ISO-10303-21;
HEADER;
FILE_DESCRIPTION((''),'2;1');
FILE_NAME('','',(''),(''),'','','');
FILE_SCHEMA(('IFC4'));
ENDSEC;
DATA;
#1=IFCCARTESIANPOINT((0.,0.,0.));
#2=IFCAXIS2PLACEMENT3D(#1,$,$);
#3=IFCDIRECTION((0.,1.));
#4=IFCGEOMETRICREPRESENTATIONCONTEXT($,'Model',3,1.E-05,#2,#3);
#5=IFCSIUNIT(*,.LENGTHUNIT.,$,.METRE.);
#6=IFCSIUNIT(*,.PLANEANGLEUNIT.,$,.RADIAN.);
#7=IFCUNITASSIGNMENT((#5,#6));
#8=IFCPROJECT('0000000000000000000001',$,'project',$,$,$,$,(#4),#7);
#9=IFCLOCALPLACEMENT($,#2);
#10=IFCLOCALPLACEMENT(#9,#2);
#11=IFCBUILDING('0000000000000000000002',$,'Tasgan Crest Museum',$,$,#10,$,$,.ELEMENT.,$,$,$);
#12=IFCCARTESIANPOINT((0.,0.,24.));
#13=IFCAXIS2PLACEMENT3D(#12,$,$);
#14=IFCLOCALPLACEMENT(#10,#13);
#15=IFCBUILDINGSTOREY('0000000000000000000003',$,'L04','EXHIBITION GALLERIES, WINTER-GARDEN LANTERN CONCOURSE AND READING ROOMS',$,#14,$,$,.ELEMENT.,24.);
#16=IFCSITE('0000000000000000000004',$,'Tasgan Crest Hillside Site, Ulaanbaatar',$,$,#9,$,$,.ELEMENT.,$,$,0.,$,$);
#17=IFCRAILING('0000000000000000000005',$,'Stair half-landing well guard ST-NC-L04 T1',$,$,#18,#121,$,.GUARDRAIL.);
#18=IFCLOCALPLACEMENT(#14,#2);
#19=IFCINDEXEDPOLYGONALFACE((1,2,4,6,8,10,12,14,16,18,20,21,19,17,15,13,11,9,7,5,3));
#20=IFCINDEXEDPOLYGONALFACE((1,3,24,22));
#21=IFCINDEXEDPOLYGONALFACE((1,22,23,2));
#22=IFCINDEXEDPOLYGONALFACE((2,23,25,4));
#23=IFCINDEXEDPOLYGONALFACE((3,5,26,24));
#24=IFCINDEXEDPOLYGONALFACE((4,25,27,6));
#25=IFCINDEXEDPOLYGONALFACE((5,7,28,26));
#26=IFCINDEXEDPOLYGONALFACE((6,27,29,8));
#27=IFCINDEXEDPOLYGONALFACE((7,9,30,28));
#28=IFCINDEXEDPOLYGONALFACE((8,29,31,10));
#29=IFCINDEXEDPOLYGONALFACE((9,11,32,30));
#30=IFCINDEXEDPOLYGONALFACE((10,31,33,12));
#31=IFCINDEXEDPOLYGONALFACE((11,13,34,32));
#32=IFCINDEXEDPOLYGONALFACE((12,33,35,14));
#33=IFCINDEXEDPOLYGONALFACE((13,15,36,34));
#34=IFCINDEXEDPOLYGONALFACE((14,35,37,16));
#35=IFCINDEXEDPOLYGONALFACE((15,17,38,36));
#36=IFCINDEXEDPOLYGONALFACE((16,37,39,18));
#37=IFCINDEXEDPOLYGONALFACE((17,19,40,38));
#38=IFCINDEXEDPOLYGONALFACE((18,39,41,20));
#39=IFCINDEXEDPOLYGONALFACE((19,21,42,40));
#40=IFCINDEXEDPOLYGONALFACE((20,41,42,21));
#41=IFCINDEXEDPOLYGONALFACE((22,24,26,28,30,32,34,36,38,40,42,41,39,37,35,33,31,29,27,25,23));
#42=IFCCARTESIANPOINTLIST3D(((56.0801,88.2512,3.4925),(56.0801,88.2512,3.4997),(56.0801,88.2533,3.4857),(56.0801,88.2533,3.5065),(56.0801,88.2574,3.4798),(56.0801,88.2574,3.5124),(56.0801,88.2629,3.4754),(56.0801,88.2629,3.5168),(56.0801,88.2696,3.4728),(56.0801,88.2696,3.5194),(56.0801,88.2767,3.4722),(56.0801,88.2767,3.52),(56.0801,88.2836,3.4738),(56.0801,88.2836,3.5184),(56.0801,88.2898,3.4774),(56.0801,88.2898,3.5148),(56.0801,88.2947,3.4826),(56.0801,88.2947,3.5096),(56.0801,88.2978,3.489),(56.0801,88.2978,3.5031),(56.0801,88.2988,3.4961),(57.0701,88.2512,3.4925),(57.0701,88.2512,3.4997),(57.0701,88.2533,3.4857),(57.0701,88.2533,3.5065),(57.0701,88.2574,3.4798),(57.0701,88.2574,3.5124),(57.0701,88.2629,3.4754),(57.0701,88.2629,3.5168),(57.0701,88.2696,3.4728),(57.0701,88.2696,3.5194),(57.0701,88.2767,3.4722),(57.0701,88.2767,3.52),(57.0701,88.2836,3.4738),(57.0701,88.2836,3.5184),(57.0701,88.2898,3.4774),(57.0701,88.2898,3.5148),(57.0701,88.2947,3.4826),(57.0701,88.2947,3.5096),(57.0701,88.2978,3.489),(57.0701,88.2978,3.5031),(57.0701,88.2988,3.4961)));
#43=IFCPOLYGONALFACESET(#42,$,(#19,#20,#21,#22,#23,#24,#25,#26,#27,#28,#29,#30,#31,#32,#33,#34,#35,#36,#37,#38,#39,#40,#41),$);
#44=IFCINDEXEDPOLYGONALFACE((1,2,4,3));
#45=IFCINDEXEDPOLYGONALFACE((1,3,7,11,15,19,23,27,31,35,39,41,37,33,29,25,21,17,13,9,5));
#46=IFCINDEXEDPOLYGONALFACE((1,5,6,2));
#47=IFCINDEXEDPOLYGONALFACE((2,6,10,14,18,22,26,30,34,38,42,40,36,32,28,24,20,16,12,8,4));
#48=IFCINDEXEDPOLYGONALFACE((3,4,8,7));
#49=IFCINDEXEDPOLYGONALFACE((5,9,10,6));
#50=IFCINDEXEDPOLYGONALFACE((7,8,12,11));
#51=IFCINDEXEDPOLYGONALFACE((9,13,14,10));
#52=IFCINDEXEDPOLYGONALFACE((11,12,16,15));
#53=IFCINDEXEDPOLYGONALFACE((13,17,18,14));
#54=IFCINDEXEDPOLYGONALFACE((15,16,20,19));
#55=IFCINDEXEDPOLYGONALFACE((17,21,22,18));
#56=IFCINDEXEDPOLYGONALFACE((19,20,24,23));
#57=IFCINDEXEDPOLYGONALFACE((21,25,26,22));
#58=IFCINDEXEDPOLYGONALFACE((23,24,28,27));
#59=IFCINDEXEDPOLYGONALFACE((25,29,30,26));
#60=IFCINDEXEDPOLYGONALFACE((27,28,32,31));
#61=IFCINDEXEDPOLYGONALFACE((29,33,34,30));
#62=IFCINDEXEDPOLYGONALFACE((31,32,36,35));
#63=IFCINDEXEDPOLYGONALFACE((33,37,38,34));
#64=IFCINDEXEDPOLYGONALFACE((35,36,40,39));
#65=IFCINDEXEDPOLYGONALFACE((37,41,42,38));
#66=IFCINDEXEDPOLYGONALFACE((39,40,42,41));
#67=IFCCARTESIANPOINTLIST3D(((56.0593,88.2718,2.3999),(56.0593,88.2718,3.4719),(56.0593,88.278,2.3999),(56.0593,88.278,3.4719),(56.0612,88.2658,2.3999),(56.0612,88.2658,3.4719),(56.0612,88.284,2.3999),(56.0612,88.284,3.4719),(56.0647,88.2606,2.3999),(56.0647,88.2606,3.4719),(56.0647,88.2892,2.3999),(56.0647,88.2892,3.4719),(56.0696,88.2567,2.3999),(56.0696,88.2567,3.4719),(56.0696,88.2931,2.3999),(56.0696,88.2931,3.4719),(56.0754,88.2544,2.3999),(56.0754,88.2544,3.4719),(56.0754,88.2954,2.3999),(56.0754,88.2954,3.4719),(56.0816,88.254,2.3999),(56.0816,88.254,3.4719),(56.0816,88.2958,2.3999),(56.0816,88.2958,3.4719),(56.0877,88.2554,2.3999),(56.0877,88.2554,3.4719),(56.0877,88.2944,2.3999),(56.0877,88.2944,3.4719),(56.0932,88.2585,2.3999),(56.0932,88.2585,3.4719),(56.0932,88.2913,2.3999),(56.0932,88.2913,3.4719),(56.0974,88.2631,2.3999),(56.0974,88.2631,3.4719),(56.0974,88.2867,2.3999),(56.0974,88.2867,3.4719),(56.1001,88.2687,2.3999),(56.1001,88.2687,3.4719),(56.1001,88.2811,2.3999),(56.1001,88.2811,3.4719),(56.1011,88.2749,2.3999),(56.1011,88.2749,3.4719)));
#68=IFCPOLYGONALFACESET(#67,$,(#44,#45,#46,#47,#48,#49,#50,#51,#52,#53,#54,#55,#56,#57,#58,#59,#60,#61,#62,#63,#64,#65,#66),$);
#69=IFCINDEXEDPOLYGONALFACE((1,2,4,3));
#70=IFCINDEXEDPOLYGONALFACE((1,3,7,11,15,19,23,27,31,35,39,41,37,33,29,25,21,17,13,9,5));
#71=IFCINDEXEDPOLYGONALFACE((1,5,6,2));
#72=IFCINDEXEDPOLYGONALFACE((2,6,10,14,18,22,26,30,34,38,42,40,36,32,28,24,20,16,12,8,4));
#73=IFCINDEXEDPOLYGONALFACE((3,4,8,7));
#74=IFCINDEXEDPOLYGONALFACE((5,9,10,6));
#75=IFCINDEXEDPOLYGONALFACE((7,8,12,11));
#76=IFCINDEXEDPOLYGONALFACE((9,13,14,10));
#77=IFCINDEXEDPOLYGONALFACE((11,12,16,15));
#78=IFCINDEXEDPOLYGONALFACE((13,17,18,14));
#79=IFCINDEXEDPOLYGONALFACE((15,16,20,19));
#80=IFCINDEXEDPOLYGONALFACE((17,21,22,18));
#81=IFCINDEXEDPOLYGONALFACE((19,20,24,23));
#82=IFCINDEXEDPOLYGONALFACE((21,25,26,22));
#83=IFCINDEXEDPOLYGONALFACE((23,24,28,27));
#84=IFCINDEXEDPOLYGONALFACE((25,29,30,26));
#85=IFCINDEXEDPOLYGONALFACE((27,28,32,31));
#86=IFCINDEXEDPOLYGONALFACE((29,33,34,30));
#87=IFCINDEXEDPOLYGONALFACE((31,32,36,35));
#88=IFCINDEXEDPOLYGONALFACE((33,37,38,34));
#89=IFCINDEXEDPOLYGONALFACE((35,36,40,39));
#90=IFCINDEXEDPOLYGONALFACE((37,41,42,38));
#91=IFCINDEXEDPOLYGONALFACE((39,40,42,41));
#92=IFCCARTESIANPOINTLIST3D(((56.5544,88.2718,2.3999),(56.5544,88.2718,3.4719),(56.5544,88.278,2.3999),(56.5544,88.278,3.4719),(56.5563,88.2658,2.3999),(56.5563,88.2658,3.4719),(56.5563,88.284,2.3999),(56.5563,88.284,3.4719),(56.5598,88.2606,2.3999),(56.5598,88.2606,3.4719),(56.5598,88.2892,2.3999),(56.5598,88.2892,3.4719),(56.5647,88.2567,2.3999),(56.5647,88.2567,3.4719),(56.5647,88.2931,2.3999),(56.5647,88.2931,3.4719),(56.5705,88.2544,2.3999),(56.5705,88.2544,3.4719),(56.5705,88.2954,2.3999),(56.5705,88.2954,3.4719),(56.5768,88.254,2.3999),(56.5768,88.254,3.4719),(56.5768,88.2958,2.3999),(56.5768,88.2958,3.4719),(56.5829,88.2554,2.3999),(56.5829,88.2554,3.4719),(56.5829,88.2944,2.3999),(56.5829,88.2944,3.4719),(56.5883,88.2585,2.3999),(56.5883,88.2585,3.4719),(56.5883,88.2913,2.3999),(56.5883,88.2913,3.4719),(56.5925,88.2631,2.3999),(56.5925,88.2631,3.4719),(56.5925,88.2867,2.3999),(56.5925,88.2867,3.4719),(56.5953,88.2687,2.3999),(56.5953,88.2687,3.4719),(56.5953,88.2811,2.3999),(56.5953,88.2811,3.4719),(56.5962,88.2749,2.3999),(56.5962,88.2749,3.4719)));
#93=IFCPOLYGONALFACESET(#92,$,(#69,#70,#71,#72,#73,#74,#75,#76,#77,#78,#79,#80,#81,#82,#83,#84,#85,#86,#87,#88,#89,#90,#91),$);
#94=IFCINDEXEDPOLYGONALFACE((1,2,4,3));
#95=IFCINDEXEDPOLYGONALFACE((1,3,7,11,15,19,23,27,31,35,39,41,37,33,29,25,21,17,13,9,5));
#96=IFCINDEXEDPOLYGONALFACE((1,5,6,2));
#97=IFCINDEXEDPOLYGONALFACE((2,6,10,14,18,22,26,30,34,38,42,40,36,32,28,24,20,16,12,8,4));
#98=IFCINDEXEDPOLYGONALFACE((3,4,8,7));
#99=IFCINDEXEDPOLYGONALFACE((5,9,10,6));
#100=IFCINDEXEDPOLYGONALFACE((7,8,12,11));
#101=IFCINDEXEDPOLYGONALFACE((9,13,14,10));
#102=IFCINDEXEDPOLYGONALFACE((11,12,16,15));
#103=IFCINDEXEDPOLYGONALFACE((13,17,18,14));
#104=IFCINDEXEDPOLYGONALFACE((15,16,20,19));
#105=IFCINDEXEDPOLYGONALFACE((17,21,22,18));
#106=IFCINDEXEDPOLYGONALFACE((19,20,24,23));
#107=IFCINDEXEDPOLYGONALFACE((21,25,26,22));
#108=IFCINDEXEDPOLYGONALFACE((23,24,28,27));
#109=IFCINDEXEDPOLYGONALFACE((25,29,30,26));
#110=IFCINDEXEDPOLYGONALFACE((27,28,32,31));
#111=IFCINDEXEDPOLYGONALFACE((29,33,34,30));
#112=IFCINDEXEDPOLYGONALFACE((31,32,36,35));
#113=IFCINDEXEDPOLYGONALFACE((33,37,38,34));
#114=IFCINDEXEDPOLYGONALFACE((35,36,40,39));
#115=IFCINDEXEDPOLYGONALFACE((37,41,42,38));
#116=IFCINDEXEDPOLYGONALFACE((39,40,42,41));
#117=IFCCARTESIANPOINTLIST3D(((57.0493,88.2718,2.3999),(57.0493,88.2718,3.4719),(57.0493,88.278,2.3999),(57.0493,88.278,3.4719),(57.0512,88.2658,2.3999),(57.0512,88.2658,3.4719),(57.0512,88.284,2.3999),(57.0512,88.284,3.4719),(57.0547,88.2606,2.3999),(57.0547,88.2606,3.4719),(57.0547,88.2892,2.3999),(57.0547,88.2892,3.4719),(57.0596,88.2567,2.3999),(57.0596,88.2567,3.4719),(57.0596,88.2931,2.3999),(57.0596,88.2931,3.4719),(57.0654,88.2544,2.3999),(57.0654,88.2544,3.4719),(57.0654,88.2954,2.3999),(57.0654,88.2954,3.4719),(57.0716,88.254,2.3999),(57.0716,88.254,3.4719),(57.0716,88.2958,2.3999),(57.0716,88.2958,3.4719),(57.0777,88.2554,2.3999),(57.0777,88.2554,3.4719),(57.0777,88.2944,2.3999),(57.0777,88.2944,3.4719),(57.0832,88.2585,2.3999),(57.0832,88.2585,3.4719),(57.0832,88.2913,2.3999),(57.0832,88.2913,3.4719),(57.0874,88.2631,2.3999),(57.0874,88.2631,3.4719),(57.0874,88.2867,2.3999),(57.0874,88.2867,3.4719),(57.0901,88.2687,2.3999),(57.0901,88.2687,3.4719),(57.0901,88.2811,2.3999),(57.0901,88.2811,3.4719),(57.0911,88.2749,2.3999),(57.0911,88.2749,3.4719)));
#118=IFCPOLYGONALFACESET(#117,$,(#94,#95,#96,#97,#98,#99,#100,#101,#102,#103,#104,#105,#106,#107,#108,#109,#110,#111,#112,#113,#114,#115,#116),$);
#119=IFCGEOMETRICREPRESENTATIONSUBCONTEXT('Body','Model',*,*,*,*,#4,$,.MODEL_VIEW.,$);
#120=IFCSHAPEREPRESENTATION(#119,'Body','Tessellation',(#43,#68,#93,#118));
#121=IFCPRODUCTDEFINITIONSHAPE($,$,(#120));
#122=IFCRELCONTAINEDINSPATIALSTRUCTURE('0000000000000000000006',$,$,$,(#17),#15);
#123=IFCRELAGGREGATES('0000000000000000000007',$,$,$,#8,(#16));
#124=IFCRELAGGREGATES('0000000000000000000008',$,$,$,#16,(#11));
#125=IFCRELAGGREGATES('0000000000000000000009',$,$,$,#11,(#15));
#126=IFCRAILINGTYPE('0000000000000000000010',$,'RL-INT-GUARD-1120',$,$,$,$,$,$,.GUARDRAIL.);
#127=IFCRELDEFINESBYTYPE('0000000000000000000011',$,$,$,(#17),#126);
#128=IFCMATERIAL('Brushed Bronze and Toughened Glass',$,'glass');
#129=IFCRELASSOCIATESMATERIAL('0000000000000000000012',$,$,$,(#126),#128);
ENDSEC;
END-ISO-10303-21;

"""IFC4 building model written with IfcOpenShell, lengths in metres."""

from ifc_helpers import new_model, si_unit, direction, frame, origin, origin_2d, place, context, subcontext, project, spatial, circle, extrude, material, type_object, element, save


model = new_model("IFC4")

# Units and contexts
model_context = context("Model", 3, precision=1e-05, world=origin(), true_north=direction((0.0, 1.0)))
body_context = subcontext(model_context, "Body", "Model", "MODEL_VIEW")
ifc_project = project(units=[si_unit("LENGTHUNIT", "METRE"), si_unit("PLANEANGLEUNIT", "RADIAN")], contexts=[model_context])

# Site, building, storey
site_placement = place(None, origin())
site = spatial("IfcSite", under=ifc_project, at=site_placement, Name="Tasgan Crest Hillside Site, Ulaanbaatar", CompositionType="ELEMENT", RefElevation=0.0)
building_placement = place(site_placement, origin())
building = spatial("IfcBuilding", under=site, at=building_placement, Name="Tasgan Crest Museum", CompositionType="ELEMENT")
storey_placement = place(building_placement, frame((0.0, 0.0, 24.0)))
storey = spatial("IfcBuildingStorey", under=building, at=storey_placement, Name="L04", Description="EXHIBITION GALLERIES, WINTER-GARDEN LANTERN CONCOURSE AND READING ROOMS", CompositionType="ELEMENT", Elevation=24.0)

# Railing
ifc_material_1 = material(Name="Brushed Bronze and Toughened Glass", Category="glass")
railing_type_1 = type_object("IfcRailingType", Name="RL-INT-GUARD-1120", PredefinedType="GUARDRAIL", material=ifc_material_1)
railing_1_placement = place(storey_placement, frame((56.0801, 88.2749, 2.3999)))
element("IfcRailing", 1, at=railing_1_placement, inside=storey, type_object=railing_type_1, Name="Stair half-landing well guard ST-NC-L04 T1", PredefinedType="GUARDRAIL", context=body_context, shape_type="SweptSolid", body=[
    extrude(circle(Radius=0.0239, at=origin_2d()), frame((0.0, 0.0, 1.0962), z_axis=(1.0, 0.0, 0.0), x_axis=(0.0, 1.0, 0.0)), (0.0, 0.0, 1.0), 0.99),
    extrude(circle(Radius=0.021, at=origin_2d()), origin(), (0.0, 0.0, 1.0), 1.072),
    extrude(circle(Radius=0.021, at=origin_2d()), frame((0.4951, 0.0, 0.0)), (0.0, 0.0, 1.0), 1.072),
    extrude(circle(Radius=0.021, at=origin_2d()), frame((0.99, 0.0, 0.0)), (0.0, 0.0, 1.0), 1.072),
])

save(model, "model.ifc")
